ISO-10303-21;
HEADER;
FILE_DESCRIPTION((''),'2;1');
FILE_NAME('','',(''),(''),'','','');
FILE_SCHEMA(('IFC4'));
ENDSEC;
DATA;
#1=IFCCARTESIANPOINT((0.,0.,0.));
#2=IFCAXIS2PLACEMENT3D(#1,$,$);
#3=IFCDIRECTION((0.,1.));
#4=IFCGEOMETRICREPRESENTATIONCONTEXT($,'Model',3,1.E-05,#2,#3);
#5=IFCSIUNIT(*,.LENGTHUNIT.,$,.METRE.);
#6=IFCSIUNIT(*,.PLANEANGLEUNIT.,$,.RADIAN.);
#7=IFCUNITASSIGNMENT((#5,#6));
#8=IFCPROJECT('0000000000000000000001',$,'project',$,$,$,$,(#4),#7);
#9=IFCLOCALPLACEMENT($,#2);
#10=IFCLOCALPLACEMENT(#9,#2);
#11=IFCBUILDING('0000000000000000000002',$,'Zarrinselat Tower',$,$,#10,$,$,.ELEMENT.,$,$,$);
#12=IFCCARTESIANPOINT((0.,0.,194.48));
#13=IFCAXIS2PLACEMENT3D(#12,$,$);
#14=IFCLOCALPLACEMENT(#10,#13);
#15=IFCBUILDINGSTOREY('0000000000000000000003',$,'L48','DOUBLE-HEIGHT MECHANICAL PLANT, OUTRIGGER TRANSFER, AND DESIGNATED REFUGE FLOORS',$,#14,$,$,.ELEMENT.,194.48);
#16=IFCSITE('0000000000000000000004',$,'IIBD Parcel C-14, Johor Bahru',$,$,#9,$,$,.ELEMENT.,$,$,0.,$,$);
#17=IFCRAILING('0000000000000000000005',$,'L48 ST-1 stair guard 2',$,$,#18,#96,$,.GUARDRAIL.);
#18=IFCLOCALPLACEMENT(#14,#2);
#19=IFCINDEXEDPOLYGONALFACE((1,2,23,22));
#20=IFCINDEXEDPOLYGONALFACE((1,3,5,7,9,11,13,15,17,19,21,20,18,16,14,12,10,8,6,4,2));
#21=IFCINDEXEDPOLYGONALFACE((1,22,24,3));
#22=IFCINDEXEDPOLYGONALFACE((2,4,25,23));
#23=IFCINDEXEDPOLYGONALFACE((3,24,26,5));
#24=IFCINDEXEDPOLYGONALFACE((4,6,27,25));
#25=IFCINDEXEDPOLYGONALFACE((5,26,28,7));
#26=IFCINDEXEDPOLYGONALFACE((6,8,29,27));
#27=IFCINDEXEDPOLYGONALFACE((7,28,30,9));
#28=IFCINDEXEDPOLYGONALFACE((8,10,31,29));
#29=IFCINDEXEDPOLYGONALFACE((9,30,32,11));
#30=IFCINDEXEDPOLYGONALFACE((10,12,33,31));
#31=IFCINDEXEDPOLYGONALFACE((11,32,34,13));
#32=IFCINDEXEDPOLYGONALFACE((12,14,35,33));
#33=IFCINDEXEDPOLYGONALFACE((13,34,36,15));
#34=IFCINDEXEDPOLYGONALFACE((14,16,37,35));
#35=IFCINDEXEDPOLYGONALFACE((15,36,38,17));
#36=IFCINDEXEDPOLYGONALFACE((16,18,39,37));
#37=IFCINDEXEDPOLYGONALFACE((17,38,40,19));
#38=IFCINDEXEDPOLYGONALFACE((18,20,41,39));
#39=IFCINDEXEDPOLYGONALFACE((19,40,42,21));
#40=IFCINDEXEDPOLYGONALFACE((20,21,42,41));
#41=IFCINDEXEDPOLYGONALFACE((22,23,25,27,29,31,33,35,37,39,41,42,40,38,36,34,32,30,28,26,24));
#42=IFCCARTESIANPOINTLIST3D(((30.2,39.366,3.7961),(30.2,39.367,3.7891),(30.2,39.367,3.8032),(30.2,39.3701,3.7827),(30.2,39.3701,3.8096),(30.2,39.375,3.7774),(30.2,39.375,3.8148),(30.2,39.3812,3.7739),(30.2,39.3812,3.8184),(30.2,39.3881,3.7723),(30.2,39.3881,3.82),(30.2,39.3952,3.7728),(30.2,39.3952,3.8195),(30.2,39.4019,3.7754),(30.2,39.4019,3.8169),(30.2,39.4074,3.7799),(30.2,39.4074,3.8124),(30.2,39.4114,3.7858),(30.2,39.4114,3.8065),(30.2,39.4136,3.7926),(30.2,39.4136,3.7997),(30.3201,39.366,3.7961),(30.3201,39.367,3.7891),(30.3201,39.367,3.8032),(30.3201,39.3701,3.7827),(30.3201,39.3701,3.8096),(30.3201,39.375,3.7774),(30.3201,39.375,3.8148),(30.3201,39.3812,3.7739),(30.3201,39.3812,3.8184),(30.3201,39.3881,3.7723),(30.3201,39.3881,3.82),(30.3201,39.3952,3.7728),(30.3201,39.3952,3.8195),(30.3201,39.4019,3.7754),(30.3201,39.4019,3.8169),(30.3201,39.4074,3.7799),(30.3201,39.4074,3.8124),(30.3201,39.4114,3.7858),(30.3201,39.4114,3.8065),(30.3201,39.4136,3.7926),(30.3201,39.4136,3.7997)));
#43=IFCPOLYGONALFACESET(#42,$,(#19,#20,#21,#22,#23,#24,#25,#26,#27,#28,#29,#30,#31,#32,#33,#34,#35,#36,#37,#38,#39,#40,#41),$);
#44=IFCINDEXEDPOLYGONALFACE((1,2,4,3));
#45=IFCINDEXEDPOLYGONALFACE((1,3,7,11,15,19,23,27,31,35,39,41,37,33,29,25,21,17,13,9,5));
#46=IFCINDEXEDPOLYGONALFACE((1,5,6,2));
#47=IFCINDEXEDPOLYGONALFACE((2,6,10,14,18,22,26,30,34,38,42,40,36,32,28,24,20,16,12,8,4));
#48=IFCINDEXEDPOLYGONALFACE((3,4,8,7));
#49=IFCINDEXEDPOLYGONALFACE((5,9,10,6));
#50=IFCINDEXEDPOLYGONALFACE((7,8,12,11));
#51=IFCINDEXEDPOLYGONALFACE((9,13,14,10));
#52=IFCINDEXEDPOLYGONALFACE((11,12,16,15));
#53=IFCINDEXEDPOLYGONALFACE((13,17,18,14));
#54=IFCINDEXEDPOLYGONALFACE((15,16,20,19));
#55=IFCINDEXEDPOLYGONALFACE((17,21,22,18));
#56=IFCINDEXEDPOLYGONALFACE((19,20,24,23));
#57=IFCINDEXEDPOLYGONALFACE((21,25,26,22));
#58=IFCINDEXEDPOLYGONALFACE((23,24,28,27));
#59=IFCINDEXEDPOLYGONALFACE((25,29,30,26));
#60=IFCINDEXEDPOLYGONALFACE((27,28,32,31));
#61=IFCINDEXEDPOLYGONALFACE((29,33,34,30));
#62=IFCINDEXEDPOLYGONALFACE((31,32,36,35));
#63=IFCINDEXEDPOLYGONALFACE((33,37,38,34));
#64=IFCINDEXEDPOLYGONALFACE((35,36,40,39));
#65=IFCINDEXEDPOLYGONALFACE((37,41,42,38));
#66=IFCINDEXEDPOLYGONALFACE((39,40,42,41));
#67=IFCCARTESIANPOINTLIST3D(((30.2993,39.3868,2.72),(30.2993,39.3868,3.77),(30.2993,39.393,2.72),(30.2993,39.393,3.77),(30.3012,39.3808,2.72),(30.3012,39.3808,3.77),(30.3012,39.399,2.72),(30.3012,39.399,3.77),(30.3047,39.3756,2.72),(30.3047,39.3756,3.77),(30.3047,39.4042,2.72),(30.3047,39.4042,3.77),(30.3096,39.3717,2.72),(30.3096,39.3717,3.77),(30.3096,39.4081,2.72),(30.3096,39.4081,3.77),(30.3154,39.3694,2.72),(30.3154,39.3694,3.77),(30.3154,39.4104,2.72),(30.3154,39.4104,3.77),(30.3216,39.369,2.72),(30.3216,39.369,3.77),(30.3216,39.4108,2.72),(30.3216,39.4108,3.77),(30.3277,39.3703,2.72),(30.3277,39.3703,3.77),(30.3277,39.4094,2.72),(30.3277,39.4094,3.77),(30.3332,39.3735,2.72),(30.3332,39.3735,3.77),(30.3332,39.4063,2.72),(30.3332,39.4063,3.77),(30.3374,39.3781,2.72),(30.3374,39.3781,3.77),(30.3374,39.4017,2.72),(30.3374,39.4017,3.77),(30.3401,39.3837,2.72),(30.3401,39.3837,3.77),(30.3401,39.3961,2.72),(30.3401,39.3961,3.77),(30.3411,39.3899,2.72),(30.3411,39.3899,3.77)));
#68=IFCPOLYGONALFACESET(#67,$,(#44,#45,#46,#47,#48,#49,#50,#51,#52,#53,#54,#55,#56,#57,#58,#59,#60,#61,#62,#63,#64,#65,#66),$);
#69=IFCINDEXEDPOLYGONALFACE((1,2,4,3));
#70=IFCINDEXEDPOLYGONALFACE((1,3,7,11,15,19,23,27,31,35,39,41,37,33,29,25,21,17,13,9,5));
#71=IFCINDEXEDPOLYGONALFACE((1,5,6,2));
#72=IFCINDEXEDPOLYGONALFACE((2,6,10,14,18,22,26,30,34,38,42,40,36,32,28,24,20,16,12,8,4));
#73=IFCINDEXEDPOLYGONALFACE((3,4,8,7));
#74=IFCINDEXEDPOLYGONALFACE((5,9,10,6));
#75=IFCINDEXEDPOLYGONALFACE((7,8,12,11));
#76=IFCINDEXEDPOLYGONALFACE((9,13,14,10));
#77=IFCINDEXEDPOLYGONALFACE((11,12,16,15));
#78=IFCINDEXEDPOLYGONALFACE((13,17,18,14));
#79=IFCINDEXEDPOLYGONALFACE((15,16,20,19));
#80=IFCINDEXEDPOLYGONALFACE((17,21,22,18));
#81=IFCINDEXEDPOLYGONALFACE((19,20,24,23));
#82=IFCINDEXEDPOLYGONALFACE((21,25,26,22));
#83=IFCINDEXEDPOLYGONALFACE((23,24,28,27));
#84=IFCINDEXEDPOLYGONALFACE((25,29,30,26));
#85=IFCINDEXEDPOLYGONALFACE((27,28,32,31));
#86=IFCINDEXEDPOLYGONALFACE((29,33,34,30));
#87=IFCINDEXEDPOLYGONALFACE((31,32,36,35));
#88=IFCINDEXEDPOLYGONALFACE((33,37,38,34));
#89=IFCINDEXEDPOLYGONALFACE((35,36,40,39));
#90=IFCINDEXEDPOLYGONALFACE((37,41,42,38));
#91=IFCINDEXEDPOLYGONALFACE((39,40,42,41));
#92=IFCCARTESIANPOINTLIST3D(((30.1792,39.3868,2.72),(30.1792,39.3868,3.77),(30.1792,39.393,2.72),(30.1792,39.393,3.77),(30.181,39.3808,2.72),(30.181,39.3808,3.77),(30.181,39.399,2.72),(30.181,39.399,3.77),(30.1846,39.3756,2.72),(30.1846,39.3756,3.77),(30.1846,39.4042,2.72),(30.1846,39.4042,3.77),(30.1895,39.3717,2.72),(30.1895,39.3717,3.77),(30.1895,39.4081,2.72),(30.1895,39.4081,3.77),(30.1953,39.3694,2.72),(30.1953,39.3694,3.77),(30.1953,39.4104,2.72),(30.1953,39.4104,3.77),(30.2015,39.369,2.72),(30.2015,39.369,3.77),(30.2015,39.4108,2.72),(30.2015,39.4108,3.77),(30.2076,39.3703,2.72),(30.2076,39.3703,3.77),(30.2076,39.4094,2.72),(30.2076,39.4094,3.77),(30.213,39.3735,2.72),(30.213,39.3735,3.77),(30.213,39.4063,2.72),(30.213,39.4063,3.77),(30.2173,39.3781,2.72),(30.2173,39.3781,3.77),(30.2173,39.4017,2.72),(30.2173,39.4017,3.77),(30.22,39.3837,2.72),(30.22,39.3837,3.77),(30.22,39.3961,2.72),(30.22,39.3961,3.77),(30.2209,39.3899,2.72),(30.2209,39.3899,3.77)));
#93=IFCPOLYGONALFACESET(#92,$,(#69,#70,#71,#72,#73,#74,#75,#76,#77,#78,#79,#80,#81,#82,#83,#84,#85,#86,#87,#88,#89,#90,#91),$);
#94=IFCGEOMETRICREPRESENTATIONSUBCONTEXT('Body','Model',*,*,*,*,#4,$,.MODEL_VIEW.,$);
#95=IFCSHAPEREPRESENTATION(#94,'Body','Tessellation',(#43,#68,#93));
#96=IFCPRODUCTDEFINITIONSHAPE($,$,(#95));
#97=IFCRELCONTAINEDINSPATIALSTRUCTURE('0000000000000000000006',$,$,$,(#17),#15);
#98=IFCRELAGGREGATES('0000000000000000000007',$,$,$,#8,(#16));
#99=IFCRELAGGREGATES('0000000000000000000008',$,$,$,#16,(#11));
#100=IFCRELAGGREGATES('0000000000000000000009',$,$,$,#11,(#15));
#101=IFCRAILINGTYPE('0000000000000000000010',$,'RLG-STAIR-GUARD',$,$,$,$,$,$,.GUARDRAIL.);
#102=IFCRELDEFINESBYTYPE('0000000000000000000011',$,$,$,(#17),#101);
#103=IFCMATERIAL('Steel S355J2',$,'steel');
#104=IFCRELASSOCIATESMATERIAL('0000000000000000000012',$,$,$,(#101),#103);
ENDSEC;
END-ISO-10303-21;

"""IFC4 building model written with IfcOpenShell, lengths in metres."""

from ifc_helpers import new_model, si_unit, direction, frame, origin, origin_2d, place, context, subcontext, project, spatial, circle, extrude, material, type_object, element, save


model = new_model("IFC4")

# Units and contexts
model_context = context("Model", 3, precision=1e-05, world=origin(), true_north=direction((0.0, 1.0)))
body_context = subcontext(model_context, "Body", "Model", "MODEL_VIEW")
ifc_project = project(units=[si_unit("LENGTHUNIT", "METRE"), si_unit("PLANEANGLEUNIT", "RADIAN")], contexts=[model_context])

# Site, building, storey
site_placement = place(None, origin())
site = spatial("IfcSite", under=ifc_project, at=site_placement, Name="IIBD Parcel C-14, Johor Bahru", CompositionType="ELEMENT", RefElevation=0.0)
building_placement = place(site_placement, origin())
building = spatial("IfcBuilding", under=site, at=building_placement, Name="Zarrinselat Tower", CompositionType="ELEMENT")
storey_placement = place(building_placement, frame((0.0, 0.0, 194.48)))
storey = spatial("IfcBuildingStorey", under=building, at=storey_placement, Name="L48", Description="DOUBLE-HEIGHT MECHANICAL PLANT, OUTRIGGER TRANSFER, AND DESIGNATED REFUGE FLOORS", CompositionType="ELEMENT", Elevation=194.48)

# Railing
ifc_material_1 = material(Name="Steel S355J2", Category="steel")
railing_type = type_object("IfcRailingType", Name="RLG-STAIR-GUARD", PredefinedType="GUARDRAIL", material=ifc_material_1)
railing_1_placement = place(storey_placement, frame((30.3201, 39.3899, 2.72)))
element("IfcRailing", 1, at=railing_1_placement, inside=storey, type_object=railing_type, Name="L48 ST-1 stair guard 2", PredefinedType="GUARDRAIL", context=body_context, shape_type="SweptSolid", body=[
    extrude(circle(Radius=0.0239, at=origin_2d()), frame((0.0, 0.0, 1.0762), z_axis=(-1.0, 0.0, 0.0), x_axis=(0.0, -1.0, 0.0)), (0.0, 0.0, 1.0), 0.1201),
    extrude(circle(Radius=0.021, at=origin_2d()), origin(), (0.0, 0.0, 1.0), 1.05),
    extrude(circle(Radius=0.021, at=origin_2d()), frame((-0.1201, 0.0, 0.0)), (0.0, 0.0, 1.0), 1.05),
])

save(model, "model.ifc")
